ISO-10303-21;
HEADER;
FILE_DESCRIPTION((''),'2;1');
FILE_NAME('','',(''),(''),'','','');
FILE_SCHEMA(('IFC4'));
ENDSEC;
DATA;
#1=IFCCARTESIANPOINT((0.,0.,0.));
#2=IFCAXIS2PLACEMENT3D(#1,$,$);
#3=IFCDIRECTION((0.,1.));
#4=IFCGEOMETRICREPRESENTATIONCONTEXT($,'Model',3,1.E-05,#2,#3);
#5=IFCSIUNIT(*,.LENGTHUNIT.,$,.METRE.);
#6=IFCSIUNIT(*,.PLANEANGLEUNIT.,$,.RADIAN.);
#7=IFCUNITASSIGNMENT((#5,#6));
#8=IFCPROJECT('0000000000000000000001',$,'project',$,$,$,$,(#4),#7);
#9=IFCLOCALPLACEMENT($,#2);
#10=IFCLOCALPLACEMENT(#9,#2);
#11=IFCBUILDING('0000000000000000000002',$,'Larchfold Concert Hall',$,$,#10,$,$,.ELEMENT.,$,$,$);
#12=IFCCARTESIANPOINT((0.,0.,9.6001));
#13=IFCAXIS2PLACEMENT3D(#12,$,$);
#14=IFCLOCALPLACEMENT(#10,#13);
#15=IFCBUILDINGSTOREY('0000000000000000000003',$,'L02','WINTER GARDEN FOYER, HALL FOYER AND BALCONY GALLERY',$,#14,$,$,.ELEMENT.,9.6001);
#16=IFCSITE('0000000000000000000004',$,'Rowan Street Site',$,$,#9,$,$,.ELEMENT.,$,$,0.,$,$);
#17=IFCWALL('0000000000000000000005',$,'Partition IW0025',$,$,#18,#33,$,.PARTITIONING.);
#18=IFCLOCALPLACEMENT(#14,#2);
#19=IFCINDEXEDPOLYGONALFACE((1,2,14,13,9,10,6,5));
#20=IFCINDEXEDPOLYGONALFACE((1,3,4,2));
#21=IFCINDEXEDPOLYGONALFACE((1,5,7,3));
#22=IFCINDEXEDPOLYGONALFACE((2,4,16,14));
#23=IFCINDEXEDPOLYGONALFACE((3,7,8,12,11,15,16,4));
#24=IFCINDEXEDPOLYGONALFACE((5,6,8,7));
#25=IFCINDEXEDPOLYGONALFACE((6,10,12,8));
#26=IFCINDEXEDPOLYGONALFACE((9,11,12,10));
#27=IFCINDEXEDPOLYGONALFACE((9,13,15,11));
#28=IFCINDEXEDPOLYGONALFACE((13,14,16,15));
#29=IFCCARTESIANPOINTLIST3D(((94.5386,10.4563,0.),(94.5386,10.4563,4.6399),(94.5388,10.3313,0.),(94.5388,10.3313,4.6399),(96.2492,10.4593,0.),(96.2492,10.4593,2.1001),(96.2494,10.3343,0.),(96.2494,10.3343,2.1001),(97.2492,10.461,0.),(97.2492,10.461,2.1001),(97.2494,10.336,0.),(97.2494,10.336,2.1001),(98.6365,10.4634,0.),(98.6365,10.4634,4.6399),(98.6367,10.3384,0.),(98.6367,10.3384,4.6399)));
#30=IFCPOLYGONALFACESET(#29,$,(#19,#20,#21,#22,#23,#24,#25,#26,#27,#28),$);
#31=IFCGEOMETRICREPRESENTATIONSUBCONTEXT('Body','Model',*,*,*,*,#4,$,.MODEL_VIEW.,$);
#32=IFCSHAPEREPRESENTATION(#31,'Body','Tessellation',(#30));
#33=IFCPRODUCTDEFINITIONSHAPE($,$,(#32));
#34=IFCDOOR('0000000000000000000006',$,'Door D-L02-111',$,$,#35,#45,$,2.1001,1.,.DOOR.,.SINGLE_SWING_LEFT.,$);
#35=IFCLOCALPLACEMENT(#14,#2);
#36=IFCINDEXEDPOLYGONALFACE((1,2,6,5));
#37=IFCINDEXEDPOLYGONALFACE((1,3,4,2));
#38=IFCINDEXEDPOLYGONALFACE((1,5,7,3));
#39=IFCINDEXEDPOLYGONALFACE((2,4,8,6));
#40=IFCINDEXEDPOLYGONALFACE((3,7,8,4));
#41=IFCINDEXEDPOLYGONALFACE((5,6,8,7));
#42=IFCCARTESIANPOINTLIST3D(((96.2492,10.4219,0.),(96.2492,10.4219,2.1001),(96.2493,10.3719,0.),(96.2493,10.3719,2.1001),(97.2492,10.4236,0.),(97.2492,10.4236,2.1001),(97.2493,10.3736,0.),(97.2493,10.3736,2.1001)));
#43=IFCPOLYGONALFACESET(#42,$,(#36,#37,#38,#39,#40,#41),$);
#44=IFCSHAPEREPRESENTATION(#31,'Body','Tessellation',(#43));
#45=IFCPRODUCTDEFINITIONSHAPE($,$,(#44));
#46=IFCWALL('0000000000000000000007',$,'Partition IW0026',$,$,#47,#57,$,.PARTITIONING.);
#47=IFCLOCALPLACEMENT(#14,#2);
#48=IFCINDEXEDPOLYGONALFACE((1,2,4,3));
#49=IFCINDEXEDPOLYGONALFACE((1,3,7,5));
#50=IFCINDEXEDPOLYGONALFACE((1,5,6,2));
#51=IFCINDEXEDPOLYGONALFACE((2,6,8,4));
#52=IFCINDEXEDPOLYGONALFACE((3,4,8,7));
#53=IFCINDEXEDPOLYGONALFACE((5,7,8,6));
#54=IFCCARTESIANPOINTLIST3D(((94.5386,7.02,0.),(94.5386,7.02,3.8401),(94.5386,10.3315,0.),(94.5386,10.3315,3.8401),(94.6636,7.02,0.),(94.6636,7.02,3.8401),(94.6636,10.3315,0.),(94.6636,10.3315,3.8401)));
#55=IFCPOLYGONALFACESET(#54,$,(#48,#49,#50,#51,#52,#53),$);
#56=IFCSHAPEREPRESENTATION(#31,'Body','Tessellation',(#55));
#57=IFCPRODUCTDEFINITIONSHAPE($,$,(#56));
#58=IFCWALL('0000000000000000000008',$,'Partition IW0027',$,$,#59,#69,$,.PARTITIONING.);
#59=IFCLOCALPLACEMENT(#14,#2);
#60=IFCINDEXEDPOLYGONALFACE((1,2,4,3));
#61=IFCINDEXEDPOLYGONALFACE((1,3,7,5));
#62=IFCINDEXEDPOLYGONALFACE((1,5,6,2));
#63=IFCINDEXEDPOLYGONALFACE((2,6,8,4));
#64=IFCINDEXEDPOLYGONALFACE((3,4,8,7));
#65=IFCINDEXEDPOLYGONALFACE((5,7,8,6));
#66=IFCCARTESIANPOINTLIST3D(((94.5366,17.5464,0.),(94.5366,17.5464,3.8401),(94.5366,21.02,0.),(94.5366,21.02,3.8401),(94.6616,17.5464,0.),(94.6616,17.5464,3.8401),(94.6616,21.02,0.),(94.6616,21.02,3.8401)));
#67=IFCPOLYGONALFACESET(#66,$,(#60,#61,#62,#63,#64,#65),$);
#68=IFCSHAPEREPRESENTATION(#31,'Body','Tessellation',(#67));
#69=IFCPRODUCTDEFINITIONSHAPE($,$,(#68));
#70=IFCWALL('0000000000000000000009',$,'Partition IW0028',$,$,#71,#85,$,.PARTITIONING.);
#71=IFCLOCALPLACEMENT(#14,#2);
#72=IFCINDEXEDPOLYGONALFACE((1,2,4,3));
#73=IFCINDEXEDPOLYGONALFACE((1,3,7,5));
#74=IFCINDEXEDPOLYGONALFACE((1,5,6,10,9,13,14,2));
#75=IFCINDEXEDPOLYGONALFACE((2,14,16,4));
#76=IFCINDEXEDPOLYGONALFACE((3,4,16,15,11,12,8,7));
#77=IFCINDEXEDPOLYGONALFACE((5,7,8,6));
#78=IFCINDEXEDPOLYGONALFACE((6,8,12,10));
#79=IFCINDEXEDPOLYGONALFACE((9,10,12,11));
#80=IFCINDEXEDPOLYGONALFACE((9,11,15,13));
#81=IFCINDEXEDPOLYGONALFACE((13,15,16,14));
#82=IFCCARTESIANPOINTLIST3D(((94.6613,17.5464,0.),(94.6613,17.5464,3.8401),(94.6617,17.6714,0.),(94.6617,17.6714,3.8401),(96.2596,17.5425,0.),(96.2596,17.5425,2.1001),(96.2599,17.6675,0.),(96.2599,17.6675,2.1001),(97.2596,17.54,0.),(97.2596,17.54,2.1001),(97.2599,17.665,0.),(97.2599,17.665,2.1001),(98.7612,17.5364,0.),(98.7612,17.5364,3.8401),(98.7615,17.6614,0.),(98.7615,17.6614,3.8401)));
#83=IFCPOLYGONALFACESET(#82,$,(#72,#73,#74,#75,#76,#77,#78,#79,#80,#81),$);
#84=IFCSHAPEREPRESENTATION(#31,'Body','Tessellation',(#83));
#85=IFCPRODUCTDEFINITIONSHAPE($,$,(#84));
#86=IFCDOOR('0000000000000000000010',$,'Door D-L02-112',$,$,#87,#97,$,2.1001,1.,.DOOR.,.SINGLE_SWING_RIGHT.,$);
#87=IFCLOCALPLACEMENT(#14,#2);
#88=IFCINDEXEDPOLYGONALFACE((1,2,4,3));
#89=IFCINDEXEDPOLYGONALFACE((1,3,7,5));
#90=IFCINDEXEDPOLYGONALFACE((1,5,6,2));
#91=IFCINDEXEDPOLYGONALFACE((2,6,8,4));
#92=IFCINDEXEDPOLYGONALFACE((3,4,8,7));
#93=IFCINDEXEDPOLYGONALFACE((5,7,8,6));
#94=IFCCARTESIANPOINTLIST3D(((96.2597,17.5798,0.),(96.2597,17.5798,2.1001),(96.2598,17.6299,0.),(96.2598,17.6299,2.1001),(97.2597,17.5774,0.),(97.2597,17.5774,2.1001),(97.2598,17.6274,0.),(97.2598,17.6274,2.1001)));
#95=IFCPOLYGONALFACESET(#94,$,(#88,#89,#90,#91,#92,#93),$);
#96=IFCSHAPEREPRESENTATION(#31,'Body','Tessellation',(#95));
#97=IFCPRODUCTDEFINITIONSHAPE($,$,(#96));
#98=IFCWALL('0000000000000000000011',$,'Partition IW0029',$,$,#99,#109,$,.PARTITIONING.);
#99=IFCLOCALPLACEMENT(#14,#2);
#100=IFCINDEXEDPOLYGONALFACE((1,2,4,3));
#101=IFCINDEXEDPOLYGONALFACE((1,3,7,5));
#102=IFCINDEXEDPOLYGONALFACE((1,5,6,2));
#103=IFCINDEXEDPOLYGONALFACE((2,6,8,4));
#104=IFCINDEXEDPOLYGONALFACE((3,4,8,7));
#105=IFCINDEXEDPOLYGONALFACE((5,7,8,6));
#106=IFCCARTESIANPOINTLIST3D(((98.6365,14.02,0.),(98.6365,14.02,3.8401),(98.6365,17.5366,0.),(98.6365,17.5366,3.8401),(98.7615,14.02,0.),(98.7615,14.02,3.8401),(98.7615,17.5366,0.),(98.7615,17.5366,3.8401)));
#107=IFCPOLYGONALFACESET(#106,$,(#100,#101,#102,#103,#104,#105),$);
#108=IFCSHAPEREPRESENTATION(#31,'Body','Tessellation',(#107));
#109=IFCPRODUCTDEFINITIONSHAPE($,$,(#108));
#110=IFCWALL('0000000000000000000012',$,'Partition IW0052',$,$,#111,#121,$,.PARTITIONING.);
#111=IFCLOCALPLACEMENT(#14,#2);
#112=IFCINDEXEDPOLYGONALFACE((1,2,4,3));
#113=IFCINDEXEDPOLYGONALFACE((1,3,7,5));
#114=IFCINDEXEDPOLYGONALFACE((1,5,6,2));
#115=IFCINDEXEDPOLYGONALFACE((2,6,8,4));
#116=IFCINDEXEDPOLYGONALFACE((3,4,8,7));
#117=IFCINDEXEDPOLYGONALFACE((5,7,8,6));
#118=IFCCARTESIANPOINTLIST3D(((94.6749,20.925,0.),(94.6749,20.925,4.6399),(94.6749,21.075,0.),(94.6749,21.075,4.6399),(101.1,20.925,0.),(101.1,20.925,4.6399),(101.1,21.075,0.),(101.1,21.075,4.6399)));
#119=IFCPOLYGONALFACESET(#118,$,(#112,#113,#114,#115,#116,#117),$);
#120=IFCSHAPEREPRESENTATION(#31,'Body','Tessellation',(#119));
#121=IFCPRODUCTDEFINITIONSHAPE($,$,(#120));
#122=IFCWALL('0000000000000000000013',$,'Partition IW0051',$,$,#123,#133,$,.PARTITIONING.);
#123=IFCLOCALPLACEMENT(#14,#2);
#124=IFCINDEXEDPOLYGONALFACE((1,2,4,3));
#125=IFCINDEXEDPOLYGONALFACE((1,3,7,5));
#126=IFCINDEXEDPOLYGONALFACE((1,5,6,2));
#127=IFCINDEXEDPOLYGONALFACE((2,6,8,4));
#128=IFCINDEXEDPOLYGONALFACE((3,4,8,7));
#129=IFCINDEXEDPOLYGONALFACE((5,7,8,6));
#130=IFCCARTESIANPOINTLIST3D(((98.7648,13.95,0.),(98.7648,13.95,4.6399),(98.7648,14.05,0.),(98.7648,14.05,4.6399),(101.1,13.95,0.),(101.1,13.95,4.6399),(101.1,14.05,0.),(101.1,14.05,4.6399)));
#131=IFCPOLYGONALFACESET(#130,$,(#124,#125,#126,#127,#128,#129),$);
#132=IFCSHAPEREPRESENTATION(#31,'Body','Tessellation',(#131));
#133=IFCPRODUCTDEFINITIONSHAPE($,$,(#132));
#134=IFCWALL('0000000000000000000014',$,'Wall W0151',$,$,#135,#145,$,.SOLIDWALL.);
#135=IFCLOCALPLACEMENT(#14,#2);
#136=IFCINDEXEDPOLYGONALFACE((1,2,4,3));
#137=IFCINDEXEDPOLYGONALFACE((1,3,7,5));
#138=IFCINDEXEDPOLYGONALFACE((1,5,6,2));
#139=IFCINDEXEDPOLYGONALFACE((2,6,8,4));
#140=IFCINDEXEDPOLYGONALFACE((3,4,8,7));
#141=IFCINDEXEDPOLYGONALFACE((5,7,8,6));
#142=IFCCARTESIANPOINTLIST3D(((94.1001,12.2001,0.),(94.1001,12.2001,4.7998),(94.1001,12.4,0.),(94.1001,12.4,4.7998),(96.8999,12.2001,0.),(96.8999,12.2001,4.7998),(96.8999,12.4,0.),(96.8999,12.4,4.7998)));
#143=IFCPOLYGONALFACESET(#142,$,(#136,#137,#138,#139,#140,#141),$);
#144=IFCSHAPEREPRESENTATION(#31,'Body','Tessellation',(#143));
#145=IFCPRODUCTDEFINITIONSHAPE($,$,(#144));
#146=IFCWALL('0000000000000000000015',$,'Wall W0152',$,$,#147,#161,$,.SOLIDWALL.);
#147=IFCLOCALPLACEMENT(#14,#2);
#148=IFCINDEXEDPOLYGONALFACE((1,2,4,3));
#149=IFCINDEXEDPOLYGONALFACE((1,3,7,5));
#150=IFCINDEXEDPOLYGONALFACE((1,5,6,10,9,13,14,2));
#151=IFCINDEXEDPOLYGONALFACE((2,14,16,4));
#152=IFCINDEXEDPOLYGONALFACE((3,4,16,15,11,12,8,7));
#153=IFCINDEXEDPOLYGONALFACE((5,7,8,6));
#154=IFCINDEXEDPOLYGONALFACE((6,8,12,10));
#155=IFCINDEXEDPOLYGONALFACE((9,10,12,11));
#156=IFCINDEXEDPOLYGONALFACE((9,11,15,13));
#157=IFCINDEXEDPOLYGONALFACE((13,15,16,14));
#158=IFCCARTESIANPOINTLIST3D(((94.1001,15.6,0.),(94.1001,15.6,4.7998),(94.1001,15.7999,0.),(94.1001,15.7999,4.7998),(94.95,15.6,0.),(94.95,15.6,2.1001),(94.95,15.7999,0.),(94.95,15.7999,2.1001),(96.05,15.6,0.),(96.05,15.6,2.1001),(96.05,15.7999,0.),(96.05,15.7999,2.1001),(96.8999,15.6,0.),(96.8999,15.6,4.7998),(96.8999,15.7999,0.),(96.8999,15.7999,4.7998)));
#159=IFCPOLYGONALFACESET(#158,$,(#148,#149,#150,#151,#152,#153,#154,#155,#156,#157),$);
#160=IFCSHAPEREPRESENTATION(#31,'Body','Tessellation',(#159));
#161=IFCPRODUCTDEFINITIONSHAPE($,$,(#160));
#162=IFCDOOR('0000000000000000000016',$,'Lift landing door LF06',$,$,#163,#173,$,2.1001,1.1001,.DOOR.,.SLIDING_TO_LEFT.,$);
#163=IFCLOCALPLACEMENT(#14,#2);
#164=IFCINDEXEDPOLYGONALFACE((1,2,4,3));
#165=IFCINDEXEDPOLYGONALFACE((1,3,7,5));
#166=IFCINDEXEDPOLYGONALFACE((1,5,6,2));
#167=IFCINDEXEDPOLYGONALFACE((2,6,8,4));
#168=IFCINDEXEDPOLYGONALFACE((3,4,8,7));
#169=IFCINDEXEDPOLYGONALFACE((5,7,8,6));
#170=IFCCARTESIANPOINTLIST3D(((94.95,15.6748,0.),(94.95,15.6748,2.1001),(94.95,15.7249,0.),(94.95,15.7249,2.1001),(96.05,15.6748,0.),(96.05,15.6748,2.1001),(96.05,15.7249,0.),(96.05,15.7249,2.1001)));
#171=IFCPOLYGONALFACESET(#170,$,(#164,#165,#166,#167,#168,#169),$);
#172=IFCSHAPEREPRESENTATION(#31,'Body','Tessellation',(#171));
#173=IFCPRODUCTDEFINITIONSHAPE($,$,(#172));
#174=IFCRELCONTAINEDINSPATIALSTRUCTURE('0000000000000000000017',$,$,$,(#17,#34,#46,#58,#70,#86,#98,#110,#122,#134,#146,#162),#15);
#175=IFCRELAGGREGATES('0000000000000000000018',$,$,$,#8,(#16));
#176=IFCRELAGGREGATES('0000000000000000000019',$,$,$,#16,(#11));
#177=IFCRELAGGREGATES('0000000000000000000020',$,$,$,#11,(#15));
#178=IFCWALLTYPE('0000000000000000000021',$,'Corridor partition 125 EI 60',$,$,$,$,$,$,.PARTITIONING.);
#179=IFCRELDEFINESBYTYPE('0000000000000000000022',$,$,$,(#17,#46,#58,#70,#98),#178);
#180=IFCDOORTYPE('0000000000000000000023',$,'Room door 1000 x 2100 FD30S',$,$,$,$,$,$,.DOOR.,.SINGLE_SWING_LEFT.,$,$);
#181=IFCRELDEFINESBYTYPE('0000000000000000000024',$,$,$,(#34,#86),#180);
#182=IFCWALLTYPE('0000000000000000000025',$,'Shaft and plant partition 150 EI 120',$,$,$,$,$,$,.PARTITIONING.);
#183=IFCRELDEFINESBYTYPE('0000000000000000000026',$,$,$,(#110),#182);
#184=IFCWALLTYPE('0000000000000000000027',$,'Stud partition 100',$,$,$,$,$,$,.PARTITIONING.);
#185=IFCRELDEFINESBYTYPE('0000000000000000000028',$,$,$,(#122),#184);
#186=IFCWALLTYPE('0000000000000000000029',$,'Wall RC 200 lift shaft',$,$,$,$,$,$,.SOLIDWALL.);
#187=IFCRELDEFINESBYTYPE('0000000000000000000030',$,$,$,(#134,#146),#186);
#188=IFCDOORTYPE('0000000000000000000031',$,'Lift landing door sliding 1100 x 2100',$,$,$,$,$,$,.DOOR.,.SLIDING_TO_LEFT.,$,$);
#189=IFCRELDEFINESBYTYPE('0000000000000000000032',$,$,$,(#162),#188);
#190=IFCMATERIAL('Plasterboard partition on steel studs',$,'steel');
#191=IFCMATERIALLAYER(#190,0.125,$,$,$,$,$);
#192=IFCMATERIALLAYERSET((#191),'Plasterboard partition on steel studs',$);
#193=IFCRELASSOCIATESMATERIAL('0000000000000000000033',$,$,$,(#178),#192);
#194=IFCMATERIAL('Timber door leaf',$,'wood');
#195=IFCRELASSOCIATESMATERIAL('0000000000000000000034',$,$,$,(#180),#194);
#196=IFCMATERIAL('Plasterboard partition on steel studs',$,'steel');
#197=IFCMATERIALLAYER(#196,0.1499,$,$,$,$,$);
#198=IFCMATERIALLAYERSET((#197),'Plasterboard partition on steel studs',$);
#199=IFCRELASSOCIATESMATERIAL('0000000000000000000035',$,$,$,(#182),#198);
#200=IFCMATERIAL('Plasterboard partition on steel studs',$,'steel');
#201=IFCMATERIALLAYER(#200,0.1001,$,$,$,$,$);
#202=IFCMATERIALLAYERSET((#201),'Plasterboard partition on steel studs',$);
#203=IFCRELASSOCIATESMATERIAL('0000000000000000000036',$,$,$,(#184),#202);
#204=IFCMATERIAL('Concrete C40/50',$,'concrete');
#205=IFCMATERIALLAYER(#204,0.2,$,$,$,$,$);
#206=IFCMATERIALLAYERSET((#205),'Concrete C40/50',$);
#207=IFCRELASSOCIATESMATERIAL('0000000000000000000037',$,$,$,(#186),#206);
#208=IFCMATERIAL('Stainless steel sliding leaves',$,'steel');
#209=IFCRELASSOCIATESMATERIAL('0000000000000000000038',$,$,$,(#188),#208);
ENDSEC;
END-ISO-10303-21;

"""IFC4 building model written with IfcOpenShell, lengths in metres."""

from ifc_helpers import new_model, si_unit, direction, frame, frame_2d, origin, place, context, subcontext, project, spatial, rectangle, extrude, material, layer, layer_set, type_object, element, fill, save


model = new_model("IFC4")

# Units and contexts
model_context = context("Model", 3, precision=1e-05, world=origin(), true_north=direction((0.0, 1.0)))
body_context = subcontext(model_context, "Body", "Model", "MODEL_VIEW")
ifc_project = project(units=[si_unit("LENGTHUNIT", "METRE"), si_unit("PLANEANGLEUNIT", "RADIAN")], contexts=[model_context])

# Site, building, storey
site_placement = place(None, origin())
site = spatial("IfcSite", under=ifc_project, at=site_placement, Name="Rowan Street Site", CompositionType="ELEMENT", RefElevation=0.0)
building_placement = place(site_placement, origin())
building = spatial("IfcBuilding", under=site, at=building_placement, Name="Larchfold Concert Hall", CompositionType="ELEMENT")
storey_placement = place(building_placement, frame((0.0, 0.0, 9.6001)))
storey = spatial("IfcBuildingStorey", under=building, at=storey_placement, Name="L02", Description="WINTER GARDEN FOYER, HALL FOYER AND BALCONY GALLERY", CompositionType="ELEMENT", Elevation=9.6001)

# Shared definitions
ifc_material_1 = material(Name="Plasterboard partition on steel studs", Category="steel")
ifc_layer_1 = layer(ifc_material_1, 0.125)
ifc_layer_set_1 = layer_set([ifc_layer_1], Name="Plasterboard partition on steel studs")
wall_type_1 = type_object("IfcWallType", Name="Corridor partition 125 EI 60", PredefinedType="PARTITIONING", material=ifc_layer_set_1)

# Shared definitions
ifc_material_2 = material(Name="Timber door leaf", Category="wood")
door_type_1 = type_object("IfcDoorType", Name="Room door 1000 x 2100 FD30S", OperationType="SINGLE_SWING_LEFT", PredefinedType="DOOR", material=ifc_material_2)

# Wall, opening, door
wall_1_placement = place(storey_placement, frame((98.6365, 10.4009, 0.0), z_axis=(0.0, 0.0, 1.0), x_axis=(-0.999999, -0.001728, 0.0)))
wall_1 = element("IfcWall", 1, at=wall_1_placement, inside=storey, type_object=wall_type_1, Name="Partition IW0025", PredefinedType="PARTITIONING", context=body_context, shape_type="SweptSolid", body=[
    extrude(rectangle(XDim=4.0979, YDim=0.125, at=frame_2d((2.0488, 0.0))), origin(), (0.0, 0.0, 1.0), 4.6399),
])
opening_1_placement = place(wall_1_placement, frame((1.3872, 0.0, 0.0)))
opening_1 = element("IfcOpeningElement", 2, at=opening_1_placement, cuts=wall_1, PredefinedType="OPENING", context=body_context, shape_type="SweptSolid", body=[
    extrude(rectangle(XDim=1.0, YDim=2.1001, at=frame_2d((0.5, 1.05))), frame((0.0, 0.0725, 0.0), z_axis=(0.0, -1.0, 0.0), x_axis=(1.0, 0.0, 0.0)), (0.0, 0.0, 1.0), 0.145),
])
door_1_placement = place(opening_1_placement, origin())
door_1 = element("IfcDoor", 3, at=door_1_placement, inside=storey, type_object=door_type_1, Name="Door D-L02-111", OperationType="SINGLE_SWING_LEFT", OverallHeight=2.1001, OverallWidth=1.0, PredefinedType="DOOR", context=body_context, shape_type="SweptSolid", body=[
    extrude(rectangle(XDim=1.0, YDim=2.1001, at=frame_2d((0.5, 1.05))), frame((0.0, 0.0249, 0.0), z_axis=(0.0, -1.0, 0.0), x_axis=(1.0, 0.0, 0.0)), (0.0, 0.0, 1.0), 0.05),
])
fill(opening_1, door_1)

# Walls
wall_2_placement = place(storey_placement, frame((94.6011, 10.3315, 0.0), z_axis=(0.0, 0.0, 1.0), x_axis=(0.0, -1.0, 0.0)))
element("IfcWall", 4, at=wall_2_placement, inside=storey, type_object=wall_type_1, Name="Partition IW0026", PredefinedType="PARTITIONING", context=body_context, shape_type="SweptSolid", body=[
    extrude(rectangle(XDim=3.3115, YDim=0.125, at=frame_2d((1.6558, 0.0))), origin(), (0.0, 0.0, 1.0), 3.8401),
])
wall_3_placement = place(storey_placement, frame((94.5991, 21.02, 0.0), z_axis=(0.0, 0.0, 1.0), x_axis=(0.0, -1.0, 0.0)))
element("IfcWall", 5, at=wall_3_placement, inside=storey, type_object=wall_type_1, Name="Partition IW0027", PredefinedType="PARTITIONING", context=body_context, shape_type="SweptSolid", body=[
    extrude(rectangle(XDim=3.4736, YDim=0.125, at=frame_2d((1.7368, 0.0))), origin(), (0.0, 0.0, 1.0), 3.8401),
])

# Wall, opening, door
wall_4_placement = place(storey_placement, frame((94.6616, 17.6089, 0.0), z_axis=(0.0, 0.0, 1.0), x_axis=(0.999997, -0.002441, 0.0)))
wall_4 = element("IfcWall", 6, at=wall_4_placement, inside=storey, type_object=wall_type_1, Name="Partition IW0028", PredefinedType="PARTITIONING", context=body_context, shape_type="SweptSolid", body=[
    extrude(rectangle(XDim=4.0999, YDim=0.125, at=frame_2d((2.0498, 0.0))), origin(), (0.0, 0.0, 1.0), 3.8401),
])
opening_2_placement = place(wall_4_placement, frame((1.5981, 0.0, 0.0)))
opening_2 = element("IfcOpeningElement", 7, at=opening_2_placement, cuts=wall_4, PredefinedType="OPENING", context=body_context, shape_type="SweptSolid", body=[
    extrude(rectangle(XDim=1.0, YDim=2.1001, at=frame_2d((0.5, 1.05))), frame((0.0, 0.0725, 0.0), z_axis=(0.0, -1.0, 0.0), x_axis=(1.0, 0.0, 0.0)), (0.0, 0.0, 1.0), 0.145),
])
door_2_placement = place(opening_2_placement, origin())
door_2 = element("IfcDoor", 8, at=door_2_placement, inside=storey, type_object=door_type_1, Name="Door D-L02-112", OperationType="SINGLE_SWING_RIGHT", OverallHeight=2.1001, OverallWidth=1.0, PredefinedType="DOOR", context=body_context, shape_type="SweptSolid", body=[
    extrude(rectangle(XDim=1.0, YDim=2.1001, at=frame_2d((0.5, 1.05))), frame((0.0, 0.0249, 0.0), z_axis=(0.0, -1.0, 0.0), x_axis=(1.0, 0.0, 0.0)), (0.0, 0.0, 1.0), 0.05),
])
fill(opening_2, door_2)

# Walls
wall_5_placement = place(storey_placement, frame((98.699, 17.5366, 0.0), z_axis=(0.0, 0.0, 1.0), x_axis=(0.0, -1.0, 0.0)))
element("IfcWall", 9, at=wall_5_placement, inside=storey, type_object=wall_type_1, Name="Partition IW0029", PredefinedType="PARTITIONING", context=body_context, shape_type="SweptSolid", body=[
    extrude(rectangle(XDim=3.5166, YDim=0.125, at=frame_2d((1.7583, 0.0))), origin(), (0.0, 0.0, 1.0), 3.8401),
])
ifc_material_3 = material(Name="Plasterboard partition on steel studs", Category="steel")
ifc_layer_2 = layer(ifc_material_3, 0.1499)
ifc_layer_set_2 = layer_set([ifc_layer_2], Name="Plasterboard partition on steel studs")
wall_type_2 = type_object("IfcWallType", Name="Shaft and plant partition 150 EI 120", PredefinedType="PARTITIONING", material=ifc_layer_set_2)
wall_6_placement = place(storey_placement, frame((94.675, 21.0, 0.0), z_axis=(0.0, 0.0, 1.0), x_axis=(1.0, 0.0, 0.0)))
element("IfcWall", 10, at=wall_6_placement, inside=storey, type_object=wall_type_2, Name="Partition IW0052", PredefinedType="PARTITIONING", context=body_context, shape_type="SweptSolid", body=[
    extrude(rectangle(XDim=6.425, YDim=0.1499, at=frame_2d((3.2124, 0.0))), origin(), (0.0, 0.0, 1.0), 4.6399),
])
ifc_material_4 = material(Name="Plasterboard partition on steel studs", Category="steel")
ifc_layer_3 = layer(ifc_material_4, 0.1001)
ifc_layer_set_3 = layer_set([ifc_layer_3], Name="Plasterboard partition on steel studs")
wall_type_3 = type_object("IfcWallType", Name="Stud partition 100", PredefinedType="PARTITIONING", material=ifc_layer_set_3)
wall_7_placement = place(storey_placement, frame((98.7649, 14.0, 0.0), z_axis=(0.0, 0.0, 1.0), x_axis=(1.0, 0.0, 0.0)))
element("IfcWall", 11, at=wall_7_placement, inside=storey, type_object=wall_type_3, Name="Partition IW0051", PredefinedType="PARTITIONING", context=body_context, shape_type="SweptSolid", body=[
    extrude(rectangle(XDim=2.3352, YDim=0.1001, at=frame_2d((1.1675, 0.0))), origin(), (0.0, 0.0, 1.0), 4.6399),
])
ifc_material_5 = material(Name="Concrete C40/50", Category="concrete")
ifc_layer_4 = layer(ifc_material_5, 0.2)
ifc_layer_set_4 = layer_set([ifc_layer_4], Name="Concrete C40/50")
wall_type_4 = type_object("IfcWallType", Name="Wall RC 200 lift shaft", PredefinedType="SOLIDWALL", material=ifc_layer_set_4)
wall_8_placement = place(storey_placement, frame((94.1001, 12.3, 0.0), z_axis=(0.0, 0.0, 1.0), x_axis=(1.0, 0.0, 0.0)))
element("IfcWall", 12, at=wall_8_placement, inside=storey, type_object=wall_type_4, Name="Wall W0151", PredefinedType="SOLIDWALL", context=body_context, shape_type="SweptSolid", body=[
    extrude(rectangle(XDim=2.7998, YDim=0.2, at=frame_2d((1.3999, 0.0))), origin(), (0.0, 0.0, 1.0), 4.7998),
])

# Wall, opening, door
wall_9_placement = place(storey_placement, frame((94.1001, 15.7, 0.0), z_axis=(0.0, 0.0, 1.0), x_axis=(1.0, 0.0, 0.0)))
wall_9 = element("IfcWall", 13, at=wall_9_placement, inside=storey, type_object=wall_type_4, Name="Wall W0152", PredefinedType="SOLIDWALL", context=body_context, shape_type="SweptSolid", body=[
    extrude(rectangle(XDim=2.7998, YDim=0.2, at=frame_2d((1.3999, 0.0))), origin(), (0.0, 0.0, 1.0), 4.7998),
])
opening_3_placement = place(wall_9_placement, frame((0.8499, 0.0, 0.0)))
opening_3 = element("IfcOpeningElement", 14, at=opening_3_placement, cuts=wall_9, PredefinedType="OPENING", context=body_context, shape_type="SweptSolid", body=[
    extrude(rectangle(XDim=1.1001, YDim=2.1001, at=frame_2d((0.55, 1.05))), frame((0.0, 0.1099, 0.0), z_axis=(0.0, -1.0, 0.0), x_axis=(1.0, 0.0, 0.0)), (0.0, 0.0, 1.0), 0.22),
])
ifc_material_6 = material(Name="Stainless steel sliding leaves", Category="steel")
door_type_2 = type_object("IfcDoorType", Name="Lift landing door sliding 1100 x 2100", OperationType="SLIDING_TO_LEFT", PredefinedType="DOOR", material=ifc_material_6)
door_3_placement = place(opening_3_placement, origin())
door_3 = element("IfcDoor", 15, at=door_3_placement, inside=storey, type_object=door_type_2, Name="Lift landing door LF06", OperationType="SLIDING_TO_LEFT", OverallHeight=2.1001, OverallWidth=1.1001, PredefinedType="DOOR", context=body_context, shape_type="SweptSolid", body=[
    extrude(rectangle(XDim=1.1001, YDim=2.1001, at=frame_2d((0.55, 1.05))), frame((0.0, 0.0249, 0.0), z_axis=(0.0, -1.0, 0.0), x_axis=(1.0, 0.0, 0.0)), (0.0, 0.0, 1.0), 0.05),
])
fill(opening_3, door_3)

save(model, "model.ifc")
